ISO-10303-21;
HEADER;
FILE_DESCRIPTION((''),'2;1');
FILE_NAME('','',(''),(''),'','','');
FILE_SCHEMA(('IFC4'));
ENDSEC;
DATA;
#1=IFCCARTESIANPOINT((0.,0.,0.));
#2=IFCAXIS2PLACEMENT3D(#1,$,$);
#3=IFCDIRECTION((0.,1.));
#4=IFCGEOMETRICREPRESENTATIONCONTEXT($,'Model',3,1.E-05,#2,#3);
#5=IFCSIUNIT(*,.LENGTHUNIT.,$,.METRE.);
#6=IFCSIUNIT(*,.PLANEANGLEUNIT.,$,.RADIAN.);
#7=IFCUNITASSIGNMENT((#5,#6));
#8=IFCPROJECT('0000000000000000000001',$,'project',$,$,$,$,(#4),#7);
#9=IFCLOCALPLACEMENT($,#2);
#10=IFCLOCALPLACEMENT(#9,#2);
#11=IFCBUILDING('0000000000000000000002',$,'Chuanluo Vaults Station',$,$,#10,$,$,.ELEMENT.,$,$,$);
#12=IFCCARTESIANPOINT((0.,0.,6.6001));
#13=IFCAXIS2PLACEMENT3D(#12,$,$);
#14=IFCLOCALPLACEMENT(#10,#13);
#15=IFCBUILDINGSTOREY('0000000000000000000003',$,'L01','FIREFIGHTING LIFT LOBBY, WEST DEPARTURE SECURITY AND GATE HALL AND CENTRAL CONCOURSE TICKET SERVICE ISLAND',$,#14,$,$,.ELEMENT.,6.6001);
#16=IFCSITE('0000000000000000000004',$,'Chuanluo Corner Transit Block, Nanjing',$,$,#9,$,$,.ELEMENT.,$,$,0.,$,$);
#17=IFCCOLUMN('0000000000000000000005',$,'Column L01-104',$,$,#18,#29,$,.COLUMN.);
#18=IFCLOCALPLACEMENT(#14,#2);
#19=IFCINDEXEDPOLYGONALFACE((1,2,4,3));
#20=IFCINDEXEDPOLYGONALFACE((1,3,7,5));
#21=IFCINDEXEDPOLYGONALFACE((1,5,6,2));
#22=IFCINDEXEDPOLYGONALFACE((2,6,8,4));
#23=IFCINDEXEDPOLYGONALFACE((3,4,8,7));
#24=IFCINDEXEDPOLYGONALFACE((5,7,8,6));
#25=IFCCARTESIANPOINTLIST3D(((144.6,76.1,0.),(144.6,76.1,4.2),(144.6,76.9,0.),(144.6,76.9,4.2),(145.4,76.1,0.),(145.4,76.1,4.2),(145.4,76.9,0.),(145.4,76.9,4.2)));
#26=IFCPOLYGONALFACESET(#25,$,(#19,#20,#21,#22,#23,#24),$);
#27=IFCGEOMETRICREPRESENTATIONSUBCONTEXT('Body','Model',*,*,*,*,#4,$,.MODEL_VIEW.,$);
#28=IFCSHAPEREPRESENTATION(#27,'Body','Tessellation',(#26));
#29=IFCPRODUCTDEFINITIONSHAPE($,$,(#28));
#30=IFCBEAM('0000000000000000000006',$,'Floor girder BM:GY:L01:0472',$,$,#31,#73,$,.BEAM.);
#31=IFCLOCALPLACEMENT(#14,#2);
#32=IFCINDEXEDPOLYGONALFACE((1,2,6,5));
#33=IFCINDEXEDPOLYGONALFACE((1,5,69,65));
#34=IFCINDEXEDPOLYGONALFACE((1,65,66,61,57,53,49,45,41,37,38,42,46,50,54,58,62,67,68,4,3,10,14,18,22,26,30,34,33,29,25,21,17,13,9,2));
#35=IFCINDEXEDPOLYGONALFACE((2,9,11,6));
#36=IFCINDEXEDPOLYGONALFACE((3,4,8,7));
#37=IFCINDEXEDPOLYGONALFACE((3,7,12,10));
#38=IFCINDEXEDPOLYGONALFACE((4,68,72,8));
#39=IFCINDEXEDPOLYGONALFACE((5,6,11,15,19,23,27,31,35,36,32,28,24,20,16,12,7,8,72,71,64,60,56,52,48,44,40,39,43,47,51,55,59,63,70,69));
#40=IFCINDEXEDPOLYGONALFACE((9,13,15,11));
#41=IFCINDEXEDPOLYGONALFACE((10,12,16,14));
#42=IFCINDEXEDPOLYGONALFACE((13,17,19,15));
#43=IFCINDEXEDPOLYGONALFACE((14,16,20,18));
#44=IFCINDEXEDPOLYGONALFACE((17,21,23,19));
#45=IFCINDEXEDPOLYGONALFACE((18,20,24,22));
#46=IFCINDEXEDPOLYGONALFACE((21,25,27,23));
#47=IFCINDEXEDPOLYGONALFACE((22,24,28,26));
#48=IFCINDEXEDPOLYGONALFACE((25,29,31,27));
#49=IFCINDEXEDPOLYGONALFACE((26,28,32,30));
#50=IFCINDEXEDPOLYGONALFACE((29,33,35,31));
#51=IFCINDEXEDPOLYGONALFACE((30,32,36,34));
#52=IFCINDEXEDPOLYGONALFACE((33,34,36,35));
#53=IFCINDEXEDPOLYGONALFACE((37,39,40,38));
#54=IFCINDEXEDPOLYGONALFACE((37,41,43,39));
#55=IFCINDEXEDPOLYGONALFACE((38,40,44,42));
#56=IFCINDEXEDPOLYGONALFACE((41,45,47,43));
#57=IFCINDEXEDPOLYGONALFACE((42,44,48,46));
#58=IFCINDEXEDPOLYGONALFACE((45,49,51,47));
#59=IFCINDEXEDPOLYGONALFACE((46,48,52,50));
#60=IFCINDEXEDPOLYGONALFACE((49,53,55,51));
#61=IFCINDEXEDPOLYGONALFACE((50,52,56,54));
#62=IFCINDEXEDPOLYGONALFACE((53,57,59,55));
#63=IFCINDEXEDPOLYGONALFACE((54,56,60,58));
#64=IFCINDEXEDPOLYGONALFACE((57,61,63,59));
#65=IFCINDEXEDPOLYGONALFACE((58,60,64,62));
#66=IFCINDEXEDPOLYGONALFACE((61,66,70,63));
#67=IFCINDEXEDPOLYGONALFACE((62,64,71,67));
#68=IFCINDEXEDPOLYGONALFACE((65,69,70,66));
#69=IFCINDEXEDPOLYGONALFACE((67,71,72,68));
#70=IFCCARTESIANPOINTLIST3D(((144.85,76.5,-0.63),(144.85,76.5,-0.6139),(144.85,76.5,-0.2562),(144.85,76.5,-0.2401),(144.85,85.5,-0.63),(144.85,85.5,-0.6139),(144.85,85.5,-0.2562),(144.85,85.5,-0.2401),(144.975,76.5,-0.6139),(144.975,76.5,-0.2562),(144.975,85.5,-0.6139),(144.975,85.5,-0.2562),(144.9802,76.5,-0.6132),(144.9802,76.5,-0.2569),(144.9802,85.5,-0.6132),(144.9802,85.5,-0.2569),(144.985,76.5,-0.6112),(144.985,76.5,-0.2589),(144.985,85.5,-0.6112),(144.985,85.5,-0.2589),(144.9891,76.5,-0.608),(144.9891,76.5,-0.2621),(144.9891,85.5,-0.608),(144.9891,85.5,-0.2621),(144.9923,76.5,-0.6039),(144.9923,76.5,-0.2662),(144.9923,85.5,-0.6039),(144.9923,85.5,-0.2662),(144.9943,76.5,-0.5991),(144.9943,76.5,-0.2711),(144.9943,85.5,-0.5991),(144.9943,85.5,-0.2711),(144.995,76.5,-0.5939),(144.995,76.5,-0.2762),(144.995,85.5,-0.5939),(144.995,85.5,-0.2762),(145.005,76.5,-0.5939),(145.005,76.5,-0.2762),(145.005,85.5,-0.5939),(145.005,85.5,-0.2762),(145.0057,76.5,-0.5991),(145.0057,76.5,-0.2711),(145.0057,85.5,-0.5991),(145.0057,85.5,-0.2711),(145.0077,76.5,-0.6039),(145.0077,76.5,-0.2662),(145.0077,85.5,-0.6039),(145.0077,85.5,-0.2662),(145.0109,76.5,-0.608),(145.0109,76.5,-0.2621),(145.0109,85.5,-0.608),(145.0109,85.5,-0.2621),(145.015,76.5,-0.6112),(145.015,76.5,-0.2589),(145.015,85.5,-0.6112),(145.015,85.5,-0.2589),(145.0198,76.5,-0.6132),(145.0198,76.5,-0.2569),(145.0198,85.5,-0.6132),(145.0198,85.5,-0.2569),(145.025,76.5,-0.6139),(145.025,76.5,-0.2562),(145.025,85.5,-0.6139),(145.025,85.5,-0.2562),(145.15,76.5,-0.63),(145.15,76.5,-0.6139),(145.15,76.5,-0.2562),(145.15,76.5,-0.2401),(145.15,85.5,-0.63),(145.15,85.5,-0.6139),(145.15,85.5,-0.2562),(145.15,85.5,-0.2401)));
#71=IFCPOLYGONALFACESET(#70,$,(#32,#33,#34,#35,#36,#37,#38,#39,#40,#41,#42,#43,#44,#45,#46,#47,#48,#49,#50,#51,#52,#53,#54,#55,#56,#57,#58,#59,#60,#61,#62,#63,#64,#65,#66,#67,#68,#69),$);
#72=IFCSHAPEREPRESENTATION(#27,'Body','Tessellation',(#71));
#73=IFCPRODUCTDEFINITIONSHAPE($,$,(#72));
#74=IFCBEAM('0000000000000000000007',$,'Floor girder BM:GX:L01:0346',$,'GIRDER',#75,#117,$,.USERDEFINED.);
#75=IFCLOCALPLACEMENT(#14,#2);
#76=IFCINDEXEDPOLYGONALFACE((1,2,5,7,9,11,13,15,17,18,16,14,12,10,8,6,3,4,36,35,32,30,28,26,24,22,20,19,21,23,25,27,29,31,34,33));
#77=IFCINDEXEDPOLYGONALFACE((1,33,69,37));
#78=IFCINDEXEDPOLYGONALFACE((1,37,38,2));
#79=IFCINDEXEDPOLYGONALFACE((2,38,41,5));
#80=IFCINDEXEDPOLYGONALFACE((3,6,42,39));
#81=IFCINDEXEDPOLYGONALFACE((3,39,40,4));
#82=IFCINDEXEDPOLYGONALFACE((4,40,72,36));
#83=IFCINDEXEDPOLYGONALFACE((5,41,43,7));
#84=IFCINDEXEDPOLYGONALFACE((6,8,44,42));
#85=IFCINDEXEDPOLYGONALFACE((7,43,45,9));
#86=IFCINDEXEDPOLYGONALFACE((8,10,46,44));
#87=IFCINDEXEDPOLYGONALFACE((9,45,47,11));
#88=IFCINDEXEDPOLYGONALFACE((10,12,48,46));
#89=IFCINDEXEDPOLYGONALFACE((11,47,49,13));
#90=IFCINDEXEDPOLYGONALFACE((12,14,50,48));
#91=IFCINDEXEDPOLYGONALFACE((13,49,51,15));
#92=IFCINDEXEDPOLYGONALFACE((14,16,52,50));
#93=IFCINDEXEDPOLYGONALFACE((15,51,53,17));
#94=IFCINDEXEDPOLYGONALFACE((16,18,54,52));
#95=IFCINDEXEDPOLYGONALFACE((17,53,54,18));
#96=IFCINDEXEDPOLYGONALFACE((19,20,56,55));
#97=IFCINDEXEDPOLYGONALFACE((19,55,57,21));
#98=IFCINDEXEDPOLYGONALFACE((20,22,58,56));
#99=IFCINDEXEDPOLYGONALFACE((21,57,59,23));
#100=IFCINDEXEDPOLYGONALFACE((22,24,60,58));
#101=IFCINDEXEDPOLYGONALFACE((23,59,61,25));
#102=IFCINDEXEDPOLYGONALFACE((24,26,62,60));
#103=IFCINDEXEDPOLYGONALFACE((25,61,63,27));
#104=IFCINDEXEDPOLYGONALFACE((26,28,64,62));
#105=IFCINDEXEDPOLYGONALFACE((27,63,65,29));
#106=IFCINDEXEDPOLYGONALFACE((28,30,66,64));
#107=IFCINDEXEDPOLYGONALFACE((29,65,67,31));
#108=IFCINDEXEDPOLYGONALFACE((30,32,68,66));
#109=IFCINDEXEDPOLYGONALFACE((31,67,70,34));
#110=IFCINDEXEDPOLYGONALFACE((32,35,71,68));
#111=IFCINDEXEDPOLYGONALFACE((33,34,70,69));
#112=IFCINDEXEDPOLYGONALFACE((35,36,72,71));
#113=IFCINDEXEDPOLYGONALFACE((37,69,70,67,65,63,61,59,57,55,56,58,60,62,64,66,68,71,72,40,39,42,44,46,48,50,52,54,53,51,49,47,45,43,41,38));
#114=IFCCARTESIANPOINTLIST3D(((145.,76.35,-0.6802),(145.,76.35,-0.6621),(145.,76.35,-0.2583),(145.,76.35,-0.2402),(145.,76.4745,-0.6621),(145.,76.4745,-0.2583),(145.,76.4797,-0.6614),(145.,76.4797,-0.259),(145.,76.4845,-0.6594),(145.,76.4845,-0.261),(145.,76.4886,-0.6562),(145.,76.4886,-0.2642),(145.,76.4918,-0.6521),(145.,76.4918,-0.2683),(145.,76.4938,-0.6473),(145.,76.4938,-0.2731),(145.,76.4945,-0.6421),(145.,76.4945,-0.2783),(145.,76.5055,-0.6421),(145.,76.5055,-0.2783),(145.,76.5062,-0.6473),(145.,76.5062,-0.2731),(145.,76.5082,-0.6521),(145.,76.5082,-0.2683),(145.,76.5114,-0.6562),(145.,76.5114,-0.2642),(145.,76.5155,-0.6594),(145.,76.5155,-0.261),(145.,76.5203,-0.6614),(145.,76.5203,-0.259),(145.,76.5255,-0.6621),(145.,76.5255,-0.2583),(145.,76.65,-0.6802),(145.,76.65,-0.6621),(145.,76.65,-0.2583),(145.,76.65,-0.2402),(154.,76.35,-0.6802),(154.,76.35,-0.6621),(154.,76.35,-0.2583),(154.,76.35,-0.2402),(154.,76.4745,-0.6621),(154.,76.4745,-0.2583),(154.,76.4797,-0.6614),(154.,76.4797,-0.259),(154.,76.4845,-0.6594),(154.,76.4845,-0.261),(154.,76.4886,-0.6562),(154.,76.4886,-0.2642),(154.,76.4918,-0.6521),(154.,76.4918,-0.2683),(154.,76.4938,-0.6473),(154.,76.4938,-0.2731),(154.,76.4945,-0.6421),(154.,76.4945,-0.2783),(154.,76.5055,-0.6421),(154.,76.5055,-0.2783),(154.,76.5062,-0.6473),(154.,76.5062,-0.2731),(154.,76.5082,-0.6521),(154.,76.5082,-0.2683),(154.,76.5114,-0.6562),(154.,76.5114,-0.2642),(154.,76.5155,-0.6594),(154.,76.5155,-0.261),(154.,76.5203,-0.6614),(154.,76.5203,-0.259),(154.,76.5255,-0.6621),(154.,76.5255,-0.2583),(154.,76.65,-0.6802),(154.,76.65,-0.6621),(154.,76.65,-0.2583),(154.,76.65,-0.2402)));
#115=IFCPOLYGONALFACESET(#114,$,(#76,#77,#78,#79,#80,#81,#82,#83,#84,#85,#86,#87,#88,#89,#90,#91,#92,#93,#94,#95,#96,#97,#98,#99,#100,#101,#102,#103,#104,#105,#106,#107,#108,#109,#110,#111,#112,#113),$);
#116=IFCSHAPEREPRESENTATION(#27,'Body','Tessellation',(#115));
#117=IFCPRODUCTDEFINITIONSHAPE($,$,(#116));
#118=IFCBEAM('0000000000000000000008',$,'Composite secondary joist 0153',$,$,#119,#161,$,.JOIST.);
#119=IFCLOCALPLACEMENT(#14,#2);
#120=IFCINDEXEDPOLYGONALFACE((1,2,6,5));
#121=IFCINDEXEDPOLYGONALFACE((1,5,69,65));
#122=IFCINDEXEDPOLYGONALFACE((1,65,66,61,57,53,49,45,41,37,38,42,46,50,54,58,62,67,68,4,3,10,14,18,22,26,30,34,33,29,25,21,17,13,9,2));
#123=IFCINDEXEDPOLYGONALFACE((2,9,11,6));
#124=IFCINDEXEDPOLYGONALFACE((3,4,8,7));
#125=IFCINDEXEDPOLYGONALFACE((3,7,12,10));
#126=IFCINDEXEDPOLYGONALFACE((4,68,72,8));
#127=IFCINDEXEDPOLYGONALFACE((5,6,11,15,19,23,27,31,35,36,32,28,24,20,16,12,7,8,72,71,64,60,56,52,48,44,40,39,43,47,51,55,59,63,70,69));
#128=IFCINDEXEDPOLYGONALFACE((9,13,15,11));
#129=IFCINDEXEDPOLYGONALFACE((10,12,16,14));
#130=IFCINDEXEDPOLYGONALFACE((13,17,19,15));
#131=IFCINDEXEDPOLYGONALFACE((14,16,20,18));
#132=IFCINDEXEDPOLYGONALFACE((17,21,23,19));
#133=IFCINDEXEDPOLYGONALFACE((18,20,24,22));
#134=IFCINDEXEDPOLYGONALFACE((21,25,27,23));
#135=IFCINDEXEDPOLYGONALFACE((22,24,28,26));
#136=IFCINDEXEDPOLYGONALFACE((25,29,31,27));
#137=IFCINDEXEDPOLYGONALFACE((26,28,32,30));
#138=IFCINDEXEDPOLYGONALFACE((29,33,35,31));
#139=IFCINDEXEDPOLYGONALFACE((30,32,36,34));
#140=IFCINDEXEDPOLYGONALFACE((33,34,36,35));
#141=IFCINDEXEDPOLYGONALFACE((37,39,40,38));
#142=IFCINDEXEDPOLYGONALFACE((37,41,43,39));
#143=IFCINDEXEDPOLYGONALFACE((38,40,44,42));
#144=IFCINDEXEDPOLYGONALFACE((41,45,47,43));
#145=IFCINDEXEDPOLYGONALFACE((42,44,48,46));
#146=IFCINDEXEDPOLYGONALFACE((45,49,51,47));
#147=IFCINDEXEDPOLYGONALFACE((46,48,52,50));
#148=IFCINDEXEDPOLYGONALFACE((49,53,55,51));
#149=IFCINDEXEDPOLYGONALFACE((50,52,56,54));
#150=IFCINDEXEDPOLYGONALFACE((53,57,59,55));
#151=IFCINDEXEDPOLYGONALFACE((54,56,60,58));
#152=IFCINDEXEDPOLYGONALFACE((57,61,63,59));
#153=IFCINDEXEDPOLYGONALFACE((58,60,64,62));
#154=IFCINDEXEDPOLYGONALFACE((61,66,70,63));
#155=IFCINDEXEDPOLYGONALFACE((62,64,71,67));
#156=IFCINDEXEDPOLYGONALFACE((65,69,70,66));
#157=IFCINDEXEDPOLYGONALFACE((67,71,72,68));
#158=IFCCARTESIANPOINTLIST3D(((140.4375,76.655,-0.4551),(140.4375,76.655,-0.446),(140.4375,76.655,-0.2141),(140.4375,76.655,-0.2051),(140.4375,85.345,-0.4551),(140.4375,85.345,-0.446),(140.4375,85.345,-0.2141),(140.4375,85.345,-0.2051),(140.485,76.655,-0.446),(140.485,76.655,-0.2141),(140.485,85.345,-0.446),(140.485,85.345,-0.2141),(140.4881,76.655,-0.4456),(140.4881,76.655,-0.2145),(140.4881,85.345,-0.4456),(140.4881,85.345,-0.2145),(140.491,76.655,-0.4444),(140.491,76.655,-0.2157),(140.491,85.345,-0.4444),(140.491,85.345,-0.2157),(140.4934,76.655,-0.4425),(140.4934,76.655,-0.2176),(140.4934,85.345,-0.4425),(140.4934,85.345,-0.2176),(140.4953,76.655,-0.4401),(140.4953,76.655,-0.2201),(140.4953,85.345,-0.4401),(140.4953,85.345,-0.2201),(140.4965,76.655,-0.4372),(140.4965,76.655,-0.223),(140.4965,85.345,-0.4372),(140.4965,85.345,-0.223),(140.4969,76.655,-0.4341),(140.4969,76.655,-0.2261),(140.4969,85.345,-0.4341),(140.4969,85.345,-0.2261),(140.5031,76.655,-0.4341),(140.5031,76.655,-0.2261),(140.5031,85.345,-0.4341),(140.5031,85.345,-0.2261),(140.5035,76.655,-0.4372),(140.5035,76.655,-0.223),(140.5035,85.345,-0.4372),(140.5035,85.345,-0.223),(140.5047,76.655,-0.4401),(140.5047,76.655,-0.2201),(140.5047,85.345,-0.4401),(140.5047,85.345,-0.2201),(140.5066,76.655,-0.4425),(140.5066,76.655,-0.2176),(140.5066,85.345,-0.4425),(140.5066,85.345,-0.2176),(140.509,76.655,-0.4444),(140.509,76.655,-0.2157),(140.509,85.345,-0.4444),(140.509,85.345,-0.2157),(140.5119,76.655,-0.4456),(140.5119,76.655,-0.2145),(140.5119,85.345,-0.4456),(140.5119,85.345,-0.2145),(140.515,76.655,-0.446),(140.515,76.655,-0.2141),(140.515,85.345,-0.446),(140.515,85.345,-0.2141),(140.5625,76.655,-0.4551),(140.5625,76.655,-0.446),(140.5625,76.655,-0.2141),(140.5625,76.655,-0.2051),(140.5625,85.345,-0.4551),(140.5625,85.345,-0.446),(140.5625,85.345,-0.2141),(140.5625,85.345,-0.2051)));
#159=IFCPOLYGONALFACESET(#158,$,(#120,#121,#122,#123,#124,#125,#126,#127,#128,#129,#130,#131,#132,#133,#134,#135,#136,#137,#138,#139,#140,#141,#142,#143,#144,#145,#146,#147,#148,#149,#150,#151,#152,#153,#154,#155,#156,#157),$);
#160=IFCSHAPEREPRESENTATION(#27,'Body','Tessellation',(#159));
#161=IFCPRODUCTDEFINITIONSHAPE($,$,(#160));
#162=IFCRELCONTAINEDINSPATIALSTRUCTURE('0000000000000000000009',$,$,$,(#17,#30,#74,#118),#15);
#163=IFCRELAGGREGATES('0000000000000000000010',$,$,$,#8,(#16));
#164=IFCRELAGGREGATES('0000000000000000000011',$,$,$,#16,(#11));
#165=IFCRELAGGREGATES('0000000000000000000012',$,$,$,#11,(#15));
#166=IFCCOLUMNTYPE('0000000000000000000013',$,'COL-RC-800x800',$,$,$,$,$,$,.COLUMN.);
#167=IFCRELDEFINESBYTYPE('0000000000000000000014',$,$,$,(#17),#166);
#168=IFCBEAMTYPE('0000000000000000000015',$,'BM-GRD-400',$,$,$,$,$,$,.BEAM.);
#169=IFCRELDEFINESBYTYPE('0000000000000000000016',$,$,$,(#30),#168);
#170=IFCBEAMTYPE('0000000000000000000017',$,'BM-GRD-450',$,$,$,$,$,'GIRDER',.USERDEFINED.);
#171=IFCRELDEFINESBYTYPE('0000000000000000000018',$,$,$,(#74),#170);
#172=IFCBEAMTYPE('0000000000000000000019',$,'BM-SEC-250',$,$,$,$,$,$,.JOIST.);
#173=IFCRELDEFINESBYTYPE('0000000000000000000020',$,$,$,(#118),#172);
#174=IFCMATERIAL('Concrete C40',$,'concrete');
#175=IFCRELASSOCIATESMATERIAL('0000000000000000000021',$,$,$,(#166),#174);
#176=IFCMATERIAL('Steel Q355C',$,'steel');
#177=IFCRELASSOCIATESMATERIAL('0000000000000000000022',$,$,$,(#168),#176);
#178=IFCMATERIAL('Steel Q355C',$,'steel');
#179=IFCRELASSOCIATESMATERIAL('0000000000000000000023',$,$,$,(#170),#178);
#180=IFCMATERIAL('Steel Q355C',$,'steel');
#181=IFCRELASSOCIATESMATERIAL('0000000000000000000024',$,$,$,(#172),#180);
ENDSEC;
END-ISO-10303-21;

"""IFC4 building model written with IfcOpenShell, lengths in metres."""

from ifc_helpers import new_model, si_unit, direction, frame, origin, origin_2d, place, context, subcontext, project, spatial, rectangle, i_section, extrude, material, material_profile, profile_set, type_object, element, save


model = new_model("IFC4")

# Units and contexts
model_context = context("Model", 3, precision=1e-05, world=origin(), true_north=direction((0.0, 1.0)))
body_context = subcontext(model_context, "Body", "Model", "MODEL_VIEW")
ifc_project = project(units=[si_unit("LENGTHUNIT", "METRE"), si_unit("PLANEANGLEUNIT", "RADIAN")], contexts=[model_context])

# Site, building, storey
site_placement = place(None, origin())
site = spatial("IfcSite", under=ifc_project, at=site_placement, Name="Chuanluo Corner Transit Block, Nanjing", CompositionType="ELEMENT", RefElevation=0.0)
building_placement = place(site_placement, origin())
building = spatial("IfcBuilding", under=site, at=building_placement, Name="Chuanluo Vaults Station", CompositionType="ELEMENT")
storey_placement = place(building_placement, frame((0.0, 0.0, 6.6001)))
storey = spatial("IfcBuildingStorey", under=building, at=storey_placement, Name="L01", Description="FIREFIGHTING LIFT LOBBY, WEST DEPARTURE SECURITY AND GATE HALL AND CENTRAL CONCOURSE TICKET SERVICE ISLAND", CompositionType="ELEMENT", Elevation=6.6001)

# Column
ifc_material_1 = material(Name="Concrete C40", Category="concrete")
ifc_material_profile_1 = material_profile(ifc_material_1, rectangle(XDim=0.8, YDim=0.8, at=origin_2d()))
ifc_profile_set_1 = profile_set([ifc_material_profile_1], Name="Concrete C40")
column_type = type_object("IfcColumnType", Name="COL-RC-800x800", PredefinedType="COLUMN", material=ifc_profile_set_1)
column_placement = place(storey_placement, frame((145.0, 76.5, 0.0), z_axis=(0.0, 0.0, 1.0), x_axis=(1.0, 0.0, 0.0)))
element("IfcColumn", 1, at=column_placement, inside=storey, type_object=column_type, Name="Column L01-104", PredefinedType="COLUMN", context=body_context, shape_type="SweptSolid", body=[
    extrude(rectangle(XDim=0.8, YDim=0.8, at=origin_2d()), origin(), (0.0, 0.0, 1.0), 4.2),
])

# Beams
ifc_material_2 = material(Name="Steel Q355C", Category="steel")
ifc_material_profile_2 = material_profile(ifc_material_2, i_section(OverallWidth=0.3, OverallDepth=0.3899, WebThickness=0.01, FlangeThickness=0.0161, FilletRadius=0.02, at=origin_2d()))
ifc_profile_set_2 = profile_set([ifc_material_profile_2], Name="Steel Q355C")
beam_type_1 = type_object("IfcBeamType", Name="BM-GRD-400", PredefinedType="BEAM", material=ifc_profile_set_2)
beam_1_placement = place(storey_placement, frame((145.0, 76.5, -0.4351), z_axis=(0.0, 1.0, 0.0), x_axis=(-1.0, 0.0, 0.0)))
element("IfcBeam", 2, at=beam_1_placement, inside=storey, type_object=beam_type_1, Name="Floor girder BM:GY:L01:0472", PredefinedType="BEAM", context=body_context, shape_type="SweptSolid", body=[
    extrude(i_section(OverallWidth=0.3, OverallDepth=0.3899, WebThickness=0.01, FlangeThickness=0.0161, FilletRadius=0.02, at=origin_2d()), origin(), (0.0, 0.0, 1.0), 9.0),
])
ifc_material_3 = material(Name="Steel Q355C", Category="steel")
ifc_material_profile_3 = material_profile(ifc_material_3, i_section(OverallWidth=0.3, OverallDepth=0.4399, WebThickness=0.011, FlangeThickness=0.0181, FilletRadius=0.02, at=origin_2d()))
ifc_profile_set_3 = profile_set([ifc_material_profile_3], Name="Steel Q355C")
beam_type_2 = type_object("IfcBeamType", Name="BM-GRD-450", ElementType="GIRDER", PredefinedType="USERDEFINED", material=ifc_profile_set_3)
beam_2_placement = place(storey_placement, frame((145.0, 76.5, -0.4602), z_axis=(1.0, 0.0, 0.0), x_axis=(0.0, 1.0, 0.0)))
element("IfcBeam", 3, at=beam_2_placement, inside=storey, type_object=beam_type_2, Name="Floor girder BM:GX:L01:0346", ObjectType="GIRDER", PredefinedType="USERDEFINED", context=body_context, shape_type="SweptSolid", body=[
    extrude(i_section(OverallWidth=0.3, OverallDepth=0.4399, WebThickness=0.011, FlangeThickness=0.0181, FilletRadius=0.02, at=origin_2d()), origin(), (0.0, 0.0, 1.0), 9.0),
])
ifc_material_4 = material(Name="Steel Q355C", Category="steel")
ifc_material_profile_4 = material_profile(ifc_material_4, i_section(OverallWidth=0.125, OverallDepth=0.25, WebThickness=0.0061, FlangeThickness=0.009, FilletRadius=0.012, at=origin_2d()))
ifc_profile_set_4 = profile_set([ifc_material_profile_4], Name="Steel Q355C")
beam_type_3 = type_object("IfcBeamType", Name="BM-SEC-250", PredefinedType="JOIST", material=ifc_profile_set_4)
for number, where, z_axis, x_axis, name in (
    (4, (140.5, 76.655, -0.3301), (0.0, 1.0, 0.0), (-1.0, 0.0, 0.0), "Composite secondary joist 0153"),
):
    element("IfcBeam", number, at=place(storey_placement, frame(where, z_axis=z_axis, x_axis=x_axis)), inside=storey, type_object=beam_type_3, Name=name, PredefinedType="JOIST", context=body_context, shape_type="SweptSolid", body=[
        extrude(i_section(OverallWidth=0.125, OverallDepth=0.25, WebThickness=0.0061, FlangeThickness=0.009, FilletRadius=0.012, at=origin_2d()), origin(), (0.0, 0.0, 1.0), 8.6899),
    ])

save(model, "model.ifc")
